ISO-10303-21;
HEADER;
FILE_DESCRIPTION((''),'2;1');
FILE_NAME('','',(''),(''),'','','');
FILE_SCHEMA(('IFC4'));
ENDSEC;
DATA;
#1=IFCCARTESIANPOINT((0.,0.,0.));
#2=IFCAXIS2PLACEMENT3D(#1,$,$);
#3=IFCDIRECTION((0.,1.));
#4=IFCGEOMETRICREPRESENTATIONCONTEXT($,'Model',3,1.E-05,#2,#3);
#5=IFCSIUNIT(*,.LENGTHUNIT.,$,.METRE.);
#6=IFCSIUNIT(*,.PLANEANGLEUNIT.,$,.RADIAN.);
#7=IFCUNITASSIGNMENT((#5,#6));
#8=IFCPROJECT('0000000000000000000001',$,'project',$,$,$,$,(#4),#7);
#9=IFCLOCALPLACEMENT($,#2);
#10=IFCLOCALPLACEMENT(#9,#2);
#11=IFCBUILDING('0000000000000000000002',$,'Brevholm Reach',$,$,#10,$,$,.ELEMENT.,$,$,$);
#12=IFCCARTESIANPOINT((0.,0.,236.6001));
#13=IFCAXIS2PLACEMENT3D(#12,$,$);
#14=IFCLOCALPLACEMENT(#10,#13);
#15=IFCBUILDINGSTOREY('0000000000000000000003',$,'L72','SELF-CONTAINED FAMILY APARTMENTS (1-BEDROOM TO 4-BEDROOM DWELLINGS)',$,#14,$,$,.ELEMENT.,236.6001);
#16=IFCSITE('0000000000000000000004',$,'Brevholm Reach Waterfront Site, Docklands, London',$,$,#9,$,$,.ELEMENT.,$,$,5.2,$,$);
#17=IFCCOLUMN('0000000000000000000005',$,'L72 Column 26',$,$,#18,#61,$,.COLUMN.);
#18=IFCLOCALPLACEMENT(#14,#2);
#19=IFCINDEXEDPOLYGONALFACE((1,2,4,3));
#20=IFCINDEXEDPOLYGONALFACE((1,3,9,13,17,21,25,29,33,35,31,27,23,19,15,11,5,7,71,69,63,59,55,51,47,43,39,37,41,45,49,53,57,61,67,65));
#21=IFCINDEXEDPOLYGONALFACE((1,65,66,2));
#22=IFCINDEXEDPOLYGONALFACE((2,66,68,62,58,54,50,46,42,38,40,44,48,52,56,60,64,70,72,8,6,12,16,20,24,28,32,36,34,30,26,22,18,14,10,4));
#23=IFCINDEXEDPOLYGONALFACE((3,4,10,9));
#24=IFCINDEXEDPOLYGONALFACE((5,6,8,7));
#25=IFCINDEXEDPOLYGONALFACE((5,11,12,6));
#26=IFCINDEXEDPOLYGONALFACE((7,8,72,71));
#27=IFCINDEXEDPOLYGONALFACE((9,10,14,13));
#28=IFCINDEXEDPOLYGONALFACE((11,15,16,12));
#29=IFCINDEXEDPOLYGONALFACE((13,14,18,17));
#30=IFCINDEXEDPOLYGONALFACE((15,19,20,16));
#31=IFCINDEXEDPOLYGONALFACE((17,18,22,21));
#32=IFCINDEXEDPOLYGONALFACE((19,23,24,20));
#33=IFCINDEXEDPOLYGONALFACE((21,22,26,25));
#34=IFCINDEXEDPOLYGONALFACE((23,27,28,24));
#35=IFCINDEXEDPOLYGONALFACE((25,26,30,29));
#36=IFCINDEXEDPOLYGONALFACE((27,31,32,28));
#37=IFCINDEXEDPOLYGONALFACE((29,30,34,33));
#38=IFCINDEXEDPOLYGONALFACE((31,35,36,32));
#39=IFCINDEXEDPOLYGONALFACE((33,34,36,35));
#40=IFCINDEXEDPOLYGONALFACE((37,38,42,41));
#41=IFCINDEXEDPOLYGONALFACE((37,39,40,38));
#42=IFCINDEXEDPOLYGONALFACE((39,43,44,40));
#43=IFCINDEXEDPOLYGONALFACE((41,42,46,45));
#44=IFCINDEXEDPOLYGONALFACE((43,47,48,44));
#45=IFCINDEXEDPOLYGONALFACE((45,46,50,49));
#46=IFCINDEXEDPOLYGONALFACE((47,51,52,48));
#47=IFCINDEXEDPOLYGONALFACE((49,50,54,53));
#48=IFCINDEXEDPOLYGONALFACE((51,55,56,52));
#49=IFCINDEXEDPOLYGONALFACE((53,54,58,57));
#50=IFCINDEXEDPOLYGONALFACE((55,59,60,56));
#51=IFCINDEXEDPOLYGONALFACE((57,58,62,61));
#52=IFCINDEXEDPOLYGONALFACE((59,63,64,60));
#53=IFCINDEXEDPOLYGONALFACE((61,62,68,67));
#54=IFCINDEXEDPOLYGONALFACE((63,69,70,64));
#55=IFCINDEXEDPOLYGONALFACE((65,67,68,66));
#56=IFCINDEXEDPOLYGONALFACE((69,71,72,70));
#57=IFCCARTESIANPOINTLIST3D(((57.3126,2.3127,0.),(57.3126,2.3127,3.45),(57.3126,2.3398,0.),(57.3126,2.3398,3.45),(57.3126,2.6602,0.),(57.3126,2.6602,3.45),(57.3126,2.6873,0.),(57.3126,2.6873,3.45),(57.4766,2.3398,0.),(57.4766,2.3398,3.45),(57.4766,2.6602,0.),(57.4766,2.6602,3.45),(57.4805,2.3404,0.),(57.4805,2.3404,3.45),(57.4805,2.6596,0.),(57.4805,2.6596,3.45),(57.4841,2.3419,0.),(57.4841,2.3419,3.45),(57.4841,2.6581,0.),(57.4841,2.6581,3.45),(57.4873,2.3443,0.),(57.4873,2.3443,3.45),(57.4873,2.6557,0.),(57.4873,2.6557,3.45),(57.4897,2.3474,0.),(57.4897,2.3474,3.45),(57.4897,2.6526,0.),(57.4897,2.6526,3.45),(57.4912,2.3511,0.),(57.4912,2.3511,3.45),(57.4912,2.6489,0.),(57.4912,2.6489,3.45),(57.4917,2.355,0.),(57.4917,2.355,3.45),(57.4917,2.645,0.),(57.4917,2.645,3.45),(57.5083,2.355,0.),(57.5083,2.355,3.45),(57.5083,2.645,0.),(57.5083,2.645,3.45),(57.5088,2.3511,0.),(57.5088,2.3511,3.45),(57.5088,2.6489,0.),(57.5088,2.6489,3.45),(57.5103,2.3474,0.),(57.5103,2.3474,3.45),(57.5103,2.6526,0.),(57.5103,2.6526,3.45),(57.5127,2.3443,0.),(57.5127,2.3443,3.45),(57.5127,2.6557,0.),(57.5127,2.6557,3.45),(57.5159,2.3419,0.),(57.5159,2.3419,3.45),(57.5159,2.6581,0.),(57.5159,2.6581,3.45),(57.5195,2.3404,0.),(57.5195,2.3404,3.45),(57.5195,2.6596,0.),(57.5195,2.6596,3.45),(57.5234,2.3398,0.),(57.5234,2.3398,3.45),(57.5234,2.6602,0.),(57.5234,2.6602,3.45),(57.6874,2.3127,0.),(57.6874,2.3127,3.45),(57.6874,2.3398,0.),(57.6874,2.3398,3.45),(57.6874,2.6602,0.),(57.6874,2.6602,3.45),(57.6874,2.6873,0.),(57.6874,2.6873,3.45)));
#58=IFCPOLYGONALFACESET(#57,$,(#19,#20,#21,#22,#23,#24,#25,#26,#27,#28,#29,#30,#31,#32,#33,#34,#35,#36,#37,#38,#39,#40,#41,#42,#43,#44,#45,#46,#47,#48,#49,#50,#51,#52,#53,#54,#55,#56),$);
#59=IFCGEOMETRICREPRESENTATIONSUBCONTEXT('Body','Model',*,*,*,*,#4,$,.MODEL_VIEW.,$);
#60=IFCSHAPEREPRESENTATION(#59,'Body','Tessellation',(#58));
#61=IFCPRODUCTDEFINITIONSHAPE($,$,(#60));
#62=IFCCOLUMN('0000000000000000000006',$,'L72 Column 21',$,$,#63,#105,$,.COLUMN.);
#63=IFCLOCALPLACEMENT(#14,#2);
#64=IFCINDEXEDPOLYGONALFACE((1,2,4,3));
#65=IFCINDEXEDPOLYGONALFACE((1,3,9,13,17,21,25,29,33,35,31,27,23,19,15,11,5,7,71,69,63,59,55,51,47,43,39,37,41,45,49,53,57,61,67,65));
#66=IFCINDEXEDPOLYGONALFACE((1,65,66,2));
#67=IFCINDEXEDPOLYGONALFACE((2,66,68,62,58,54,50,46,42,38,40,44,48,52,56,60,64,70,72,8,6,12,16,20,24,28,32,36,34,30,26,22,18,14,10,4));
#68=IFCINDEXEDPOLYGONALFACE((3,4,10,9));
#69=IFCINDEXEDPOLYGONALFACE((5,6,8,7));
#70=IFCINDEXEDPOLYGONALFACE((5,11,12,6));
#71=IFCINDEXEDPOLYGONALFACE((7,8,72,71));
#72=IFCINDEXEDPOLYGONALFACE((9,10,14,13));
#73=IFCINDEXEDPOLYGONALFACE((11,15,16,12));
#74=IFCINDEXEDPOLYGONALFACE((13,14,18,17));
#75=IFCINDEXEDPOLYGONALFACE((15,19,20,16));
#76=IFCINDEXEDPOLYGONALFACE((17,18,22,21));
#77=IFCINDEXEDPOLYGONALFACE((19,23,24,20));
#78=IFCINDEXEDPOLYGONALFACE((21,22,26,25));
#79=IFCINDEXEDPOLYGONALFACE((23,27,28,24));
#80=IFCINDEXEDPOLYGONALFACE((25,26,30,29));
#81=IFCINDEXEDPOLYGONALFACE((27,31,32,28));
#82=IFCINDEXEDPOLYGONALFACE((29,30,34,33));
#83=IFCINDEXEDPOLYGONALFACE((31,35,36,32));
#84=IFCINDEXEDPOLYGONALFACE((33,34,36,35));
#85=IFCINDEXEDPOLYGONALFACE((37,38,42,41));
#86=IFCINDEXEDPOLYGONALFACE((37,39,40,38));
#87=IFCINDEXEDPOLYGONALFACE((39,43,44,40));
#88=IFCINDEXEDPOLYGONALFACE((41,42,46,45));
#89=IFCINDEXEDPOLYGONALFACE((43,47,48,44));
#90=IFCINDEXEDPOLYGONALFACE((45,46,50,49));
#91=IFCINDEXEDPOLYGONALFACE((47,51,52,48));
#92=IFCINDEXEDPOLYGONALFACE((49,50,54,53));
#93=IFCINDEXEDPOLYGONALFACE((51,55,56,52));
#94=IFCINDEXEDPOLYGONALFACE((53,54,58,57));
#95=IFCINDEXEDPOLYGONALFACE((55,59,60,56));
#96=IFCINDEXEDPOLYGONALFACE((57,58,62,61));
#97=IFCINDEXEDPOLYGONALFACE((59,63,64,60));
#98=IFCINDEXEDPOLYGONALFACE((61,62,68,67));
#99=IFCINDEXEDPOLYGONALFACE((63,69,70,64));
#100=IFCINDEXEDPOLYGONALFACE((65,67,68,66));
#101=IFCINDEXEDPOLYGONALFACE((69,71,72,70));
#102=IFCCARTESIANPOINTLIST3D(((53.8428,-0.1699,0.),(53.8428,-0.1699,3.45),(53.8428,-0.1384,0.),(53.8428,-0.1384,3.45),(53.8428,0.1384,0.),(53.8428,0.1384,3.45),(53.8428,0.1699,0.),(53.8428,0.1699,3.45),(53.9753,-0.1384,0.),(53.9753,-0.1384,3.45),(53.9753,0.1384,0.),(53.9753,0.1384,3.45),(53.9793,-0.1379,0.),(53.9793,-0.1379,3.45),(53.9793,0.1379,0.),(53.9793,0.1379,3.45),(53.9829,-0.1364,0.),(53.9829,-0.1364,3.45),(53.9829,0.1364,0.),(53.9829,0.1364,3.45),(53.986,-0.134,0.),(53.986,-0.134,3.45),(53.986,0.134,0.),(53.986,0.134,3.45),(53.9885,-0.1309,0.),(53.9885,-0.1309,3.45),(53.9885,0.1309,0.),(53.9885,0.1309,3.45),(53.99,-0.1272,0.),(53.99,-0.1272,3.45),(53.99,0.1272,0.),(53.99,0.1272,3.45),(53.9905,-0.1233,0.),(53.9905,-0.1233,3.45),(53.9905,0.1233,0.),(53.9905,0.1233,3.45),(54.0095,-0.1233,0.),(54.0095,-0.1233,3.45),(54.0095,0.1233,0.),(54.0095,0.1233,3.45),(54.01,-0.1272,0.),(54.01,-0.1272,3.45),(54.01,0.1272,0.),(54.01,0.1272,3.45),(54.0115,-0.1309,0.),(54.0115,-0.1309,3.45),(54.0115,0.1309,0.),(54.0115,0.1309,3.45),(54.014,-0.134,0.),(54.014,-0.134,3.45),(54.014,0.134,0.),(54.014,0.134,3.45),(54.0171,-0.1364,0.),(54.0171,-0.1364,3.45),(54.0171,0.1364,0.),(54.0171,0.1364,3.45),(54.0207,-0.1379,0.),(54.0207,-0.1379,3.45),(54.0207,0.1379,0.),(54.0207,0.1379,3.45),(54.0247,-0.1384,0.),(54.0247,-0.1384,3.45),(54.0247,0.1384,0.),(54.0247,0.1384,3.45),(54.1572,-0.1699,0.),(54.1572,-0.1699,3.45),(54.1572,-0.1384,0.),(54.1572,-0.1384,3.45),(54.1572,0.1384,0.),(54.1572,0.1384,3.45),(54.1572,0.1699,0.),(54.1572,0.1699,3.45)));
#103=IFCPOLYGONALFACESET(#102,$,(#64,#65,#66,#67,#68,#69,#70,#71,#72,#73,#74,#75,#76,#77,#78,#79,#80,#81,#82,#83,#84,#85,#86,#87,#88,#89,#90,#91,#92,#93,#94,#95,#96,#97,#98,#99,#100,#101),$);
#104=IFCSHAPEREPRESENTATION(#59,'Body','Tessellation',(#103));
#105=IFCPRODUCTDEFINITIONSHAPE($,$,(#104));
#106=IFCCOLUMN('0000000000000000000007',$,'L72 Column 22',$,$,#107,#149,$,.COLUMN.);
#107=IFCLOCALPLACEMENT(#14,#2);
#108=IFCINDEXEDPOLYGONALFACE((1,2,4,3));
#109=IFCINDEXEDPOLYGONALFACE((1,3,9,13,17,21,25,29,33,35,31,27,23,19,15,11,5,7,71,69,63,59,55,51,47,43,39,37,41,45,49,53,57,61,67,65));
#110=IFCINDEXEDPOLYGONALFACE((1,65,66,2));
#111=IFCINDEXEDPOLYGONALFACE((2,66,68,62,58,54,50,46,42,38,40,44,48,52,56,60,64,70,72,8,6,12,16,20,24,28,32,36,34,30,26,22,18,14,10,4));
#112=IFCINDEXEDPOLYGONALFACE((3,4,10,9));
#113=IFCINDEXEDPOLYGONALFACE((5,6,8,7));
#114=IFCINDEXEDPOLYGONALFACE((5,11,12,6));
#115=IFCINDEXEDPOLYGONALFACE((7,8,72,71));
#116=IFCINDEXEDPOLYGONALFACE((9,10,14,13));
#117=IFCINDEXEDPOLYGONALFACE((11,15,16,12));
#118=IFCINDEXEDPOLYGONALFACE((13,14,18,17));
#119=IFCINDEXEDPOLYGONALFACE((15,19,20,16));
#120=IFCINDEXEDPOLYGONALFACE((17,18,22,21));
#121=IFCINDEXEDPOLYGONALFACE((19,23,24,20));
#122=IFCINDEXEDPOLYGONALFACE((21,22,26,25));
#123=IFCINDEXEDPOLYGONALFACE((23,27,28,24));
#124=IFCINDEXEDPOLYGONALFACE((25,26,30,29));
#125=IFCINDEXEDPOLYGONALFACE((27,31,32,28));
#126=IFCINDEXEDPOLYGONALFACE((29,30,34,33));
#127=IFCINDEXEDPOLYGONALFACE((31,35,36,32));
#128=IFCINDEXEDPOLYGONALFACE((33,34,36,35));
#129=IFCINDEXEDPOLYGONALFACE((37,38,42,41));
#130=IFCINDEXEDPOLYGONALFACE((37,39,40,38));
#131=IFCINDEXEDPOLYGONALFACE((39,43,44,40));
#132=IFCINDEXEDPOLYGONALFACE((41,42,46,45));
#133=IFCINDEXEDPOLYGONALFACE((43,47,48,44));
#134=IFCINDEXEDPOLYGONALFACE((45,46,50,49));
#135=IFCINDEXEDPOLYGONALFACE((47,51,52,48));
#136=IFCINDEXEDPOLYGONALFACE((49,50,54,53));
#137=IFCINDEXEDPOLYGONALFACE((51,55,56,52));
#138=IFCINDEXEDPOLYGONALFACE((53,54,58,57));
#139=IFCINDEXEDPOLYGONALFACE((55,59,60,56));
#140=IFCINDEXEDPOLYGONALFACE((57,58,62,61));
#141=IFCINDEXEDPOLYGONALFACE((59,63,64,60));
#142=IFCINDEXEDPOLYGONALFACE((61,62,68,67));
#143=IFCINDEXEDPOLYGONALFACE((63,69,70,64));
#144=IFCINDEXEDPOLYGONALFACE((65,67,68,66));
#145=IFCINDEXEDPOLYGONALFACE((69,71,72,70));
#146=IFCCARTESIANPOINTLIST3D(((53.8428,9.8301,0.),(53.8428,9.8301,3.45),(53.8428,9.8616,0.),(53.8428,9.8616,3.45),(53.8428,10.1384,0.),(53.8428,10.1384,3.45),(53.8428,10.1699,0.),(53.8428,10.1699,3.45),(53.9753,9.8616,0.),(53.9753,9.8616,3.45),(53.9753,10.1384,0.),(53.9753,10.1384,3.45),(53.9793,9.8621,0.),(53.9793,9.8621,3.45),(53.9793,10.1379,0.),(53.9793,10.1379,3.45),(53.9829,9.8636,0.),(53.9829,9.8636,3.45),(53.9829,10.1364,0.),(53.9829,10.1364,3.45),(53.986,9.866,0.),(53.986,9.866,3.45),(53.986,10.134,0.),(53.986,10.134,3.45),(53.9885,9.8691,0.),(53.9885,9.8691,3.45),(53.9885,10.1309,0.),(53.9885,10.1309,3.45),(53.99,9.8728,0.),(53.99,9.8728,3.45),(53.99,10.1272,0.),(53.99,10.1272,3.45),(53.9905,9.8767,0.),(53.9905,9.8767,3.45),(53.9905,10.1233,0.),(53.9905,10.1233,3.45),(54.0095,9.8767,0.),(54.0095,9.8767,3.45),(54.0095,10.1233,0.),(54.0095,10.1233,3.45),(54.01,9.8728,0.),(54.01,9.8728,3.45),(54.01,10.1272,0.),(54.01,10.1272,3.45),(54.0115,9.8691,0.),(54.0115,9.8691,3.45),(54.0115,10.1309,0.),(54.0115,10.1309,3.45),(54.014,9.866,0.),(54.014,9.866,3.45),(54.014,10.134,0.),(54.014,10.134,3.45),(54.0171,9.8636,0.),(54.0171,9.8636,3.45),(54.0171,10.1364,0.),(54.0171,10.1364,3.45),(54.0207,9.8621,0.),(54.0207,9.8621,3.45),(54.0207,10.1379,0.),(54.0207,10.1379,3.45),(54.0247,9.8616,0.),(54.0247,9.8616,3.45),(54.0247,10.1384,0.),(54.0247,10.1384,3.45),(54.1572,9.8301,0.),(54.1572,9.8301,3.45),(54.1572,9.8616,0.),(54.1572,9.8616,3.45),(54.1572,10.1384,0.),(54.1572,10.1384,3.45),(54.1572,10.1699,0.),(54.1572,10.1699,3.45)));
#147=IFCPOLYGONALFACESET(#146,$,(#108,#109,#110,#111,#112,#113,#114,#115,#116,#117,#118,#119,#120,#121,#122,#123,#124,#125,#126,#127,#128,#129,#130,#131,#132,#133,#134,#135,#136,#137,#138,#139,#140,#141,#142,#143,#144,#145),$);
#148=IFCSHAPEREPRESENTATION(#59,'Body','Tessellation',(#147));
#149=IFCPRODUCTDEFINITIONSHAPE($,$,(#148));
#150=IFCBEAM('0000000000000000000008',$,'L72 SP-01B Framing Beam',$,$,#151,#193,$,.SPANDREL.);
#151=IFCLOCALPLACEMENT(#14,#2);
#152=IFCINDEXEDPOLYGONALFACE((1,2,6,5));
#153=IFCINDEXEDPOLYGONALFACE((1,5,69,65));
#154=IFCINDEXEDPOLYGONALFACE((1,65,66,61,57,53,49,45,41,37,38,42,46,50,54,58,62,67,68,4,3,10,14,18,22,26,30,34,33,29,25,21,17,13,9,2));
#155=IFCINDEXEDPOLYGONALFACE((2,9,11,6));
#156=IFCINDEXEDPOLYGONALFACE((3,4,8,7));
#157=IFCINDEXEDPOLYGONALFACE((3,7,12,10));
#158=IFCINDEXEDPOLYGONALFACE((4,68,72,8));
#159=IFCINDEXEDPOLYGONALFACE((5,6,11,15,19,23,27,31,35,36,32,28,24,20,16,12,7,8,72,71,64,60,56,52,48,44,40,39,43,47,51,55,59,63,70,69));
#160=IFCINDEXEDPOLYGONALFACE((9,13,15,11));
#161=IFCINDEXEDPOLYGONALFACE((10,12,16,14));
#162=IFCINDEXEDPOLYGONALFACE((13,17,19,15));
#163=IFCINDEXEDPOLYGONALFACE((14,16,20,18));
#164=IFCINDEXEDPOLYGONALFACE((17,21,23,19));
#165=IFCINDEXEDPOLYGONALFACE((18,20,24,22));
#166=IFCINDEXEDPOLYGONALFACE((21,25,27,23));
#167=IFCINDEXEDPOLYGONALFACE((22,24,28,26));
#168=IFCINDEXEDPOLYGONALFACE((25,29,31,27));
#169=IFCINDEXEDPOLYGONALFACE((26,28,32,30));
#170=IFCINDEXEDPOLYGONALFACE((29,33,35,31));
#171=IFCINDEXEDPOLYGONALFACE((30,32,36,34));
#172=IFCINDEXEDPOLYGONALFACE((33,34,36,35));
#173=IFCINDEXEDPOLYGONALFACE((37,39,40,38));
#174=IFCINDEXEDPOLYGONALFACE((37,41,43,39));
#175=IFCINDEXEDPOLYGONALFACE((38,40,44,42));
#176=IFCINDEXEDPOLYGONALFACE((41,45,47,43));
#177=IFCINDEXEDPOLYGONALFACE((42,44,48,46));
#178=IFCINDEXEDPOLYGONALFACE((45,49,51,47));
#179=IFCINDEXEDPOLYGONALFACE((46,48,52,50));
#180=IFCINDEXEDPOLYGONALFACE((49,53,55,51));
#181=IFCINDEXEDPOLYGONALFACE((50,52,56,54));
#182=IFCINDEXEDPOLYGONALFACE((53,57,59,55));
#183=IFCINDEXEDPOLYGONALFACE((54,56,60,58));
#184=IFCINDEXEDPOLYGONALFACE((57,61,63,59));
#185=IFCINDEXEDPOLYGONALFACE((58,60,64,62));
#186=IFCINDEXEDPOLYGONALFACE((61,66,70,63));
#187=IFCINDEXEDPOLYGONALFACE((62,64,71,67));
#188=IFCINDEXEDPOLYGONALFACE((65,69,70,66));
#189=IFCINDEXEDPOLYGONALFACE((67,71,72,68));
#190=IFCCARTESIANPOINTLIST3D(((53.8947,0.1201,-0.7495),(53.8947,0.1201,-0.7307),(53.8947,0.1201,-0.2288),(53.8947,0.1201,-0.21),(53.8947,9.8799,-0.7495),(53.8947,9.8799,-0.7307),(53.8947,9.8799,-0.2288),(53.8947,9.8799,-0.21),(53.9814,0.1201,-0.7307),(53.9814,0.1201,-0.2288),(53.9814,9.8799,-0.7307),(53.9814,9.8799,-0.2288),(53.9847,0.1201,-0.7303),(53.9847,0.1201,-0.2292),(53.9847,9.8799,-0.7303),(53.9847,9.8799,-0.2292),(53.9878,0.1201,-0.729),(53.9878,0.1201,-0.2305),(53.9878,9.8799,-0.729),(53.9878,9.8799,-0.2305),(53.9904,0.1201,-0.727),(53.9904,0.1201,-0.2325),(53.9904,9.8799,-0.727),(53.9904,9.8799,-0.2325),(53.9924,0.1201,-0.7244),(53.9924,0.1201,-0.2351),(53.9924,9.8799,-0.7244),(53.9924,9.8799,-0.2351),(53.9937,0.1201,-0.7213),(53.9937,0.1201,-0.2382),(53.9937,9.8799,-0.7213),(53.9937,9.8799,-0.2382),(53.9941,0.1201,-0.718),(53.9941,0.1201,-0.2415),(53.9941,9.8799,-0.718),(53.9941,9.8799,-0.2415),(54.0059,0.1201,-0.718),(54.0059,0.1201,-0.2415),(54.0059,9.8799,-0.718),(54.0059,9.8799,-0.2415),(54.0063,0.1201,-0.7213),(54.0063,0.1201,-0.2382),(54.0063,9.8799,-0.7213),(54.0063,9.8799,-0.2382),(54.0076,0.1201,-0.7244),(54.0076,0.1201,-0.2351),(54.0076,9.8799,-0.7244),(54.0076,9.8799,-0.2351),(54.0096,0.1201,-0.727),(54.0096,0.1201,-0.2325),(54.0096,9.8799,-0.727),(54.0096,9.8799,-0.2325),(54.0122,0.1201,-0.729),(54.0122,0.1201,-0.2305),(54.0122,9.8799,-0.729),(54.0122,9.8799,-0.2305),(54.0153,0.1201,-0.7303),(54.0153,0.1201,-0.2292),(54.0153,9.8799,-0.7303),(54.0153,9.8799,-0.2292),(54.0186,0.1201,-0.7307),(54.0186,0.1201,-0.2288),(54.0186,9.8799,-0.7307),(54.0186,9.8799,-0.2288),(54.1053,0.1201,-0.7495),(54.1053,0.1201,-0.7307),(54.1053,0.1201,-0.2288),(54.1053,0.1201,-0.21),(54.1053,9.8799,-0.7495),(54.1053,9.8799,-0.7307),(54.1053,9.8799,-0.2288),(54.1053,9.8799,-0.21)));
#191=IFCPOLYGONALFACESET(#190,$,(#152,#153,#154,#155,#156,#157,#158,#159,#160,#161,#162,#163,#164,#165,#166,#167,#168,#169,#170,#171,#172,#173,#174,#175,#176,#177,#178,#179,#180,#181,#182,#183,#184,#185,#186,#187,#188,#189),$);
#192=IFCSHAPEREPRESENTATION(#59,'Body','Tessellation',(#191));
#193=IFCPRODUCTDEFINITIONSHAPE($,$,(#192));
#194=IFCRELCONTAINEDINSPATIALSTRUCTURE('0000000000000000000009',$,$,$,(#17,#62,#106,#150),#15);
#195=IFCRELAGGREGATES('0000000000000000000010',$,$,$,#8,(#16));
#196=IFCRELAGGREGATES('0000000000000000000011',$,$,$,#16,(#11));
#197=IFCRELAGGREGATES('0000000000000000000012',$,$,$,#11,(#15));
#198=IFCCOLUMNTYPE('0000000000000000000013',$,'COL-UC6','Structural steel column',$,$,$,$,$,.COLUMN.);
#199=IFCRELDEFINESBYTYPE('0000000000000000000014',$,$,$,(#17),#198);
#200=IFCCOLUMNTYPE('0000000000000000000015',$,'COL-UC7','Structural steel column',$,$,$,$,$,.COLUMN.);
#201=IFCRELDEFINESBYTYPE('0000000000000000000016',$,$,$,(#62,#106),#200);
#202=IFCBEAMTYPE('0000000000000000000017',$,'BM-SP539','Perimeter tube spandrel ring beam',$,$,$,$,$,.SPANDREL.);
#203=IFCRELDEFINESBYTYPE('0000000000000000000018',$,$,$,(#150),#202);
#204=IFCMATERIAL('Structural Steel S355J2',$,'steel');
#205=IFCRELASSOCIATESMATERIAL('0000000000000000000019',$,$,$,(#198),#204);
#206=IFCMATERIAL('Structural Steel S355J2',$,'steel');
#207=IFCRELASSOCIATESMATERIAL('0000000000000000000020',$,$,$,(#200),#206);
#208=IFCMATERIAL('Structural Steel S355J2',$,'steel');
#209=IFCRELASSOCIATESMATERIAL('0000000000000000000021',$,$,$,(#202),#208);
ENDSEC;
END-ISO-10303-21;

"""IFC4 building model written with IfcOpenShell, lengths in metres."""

from ifc_helpers import new_model, si_unit, direction, frame, origin, origin_2d, place, context, subcontext, project, spatial, i_section, extrude, material, material_profile, profile_set, type_object, element, save


model = new_model("IFC4")

# Units and contexts
model_context = context("Model", 3, precision=1e-05, world=origin(), true_north=direction((0.0, 1.0)))
body_context = subcontext(model_context, "Body", "Model", "MODEL_VIEW")
ifc_project = project(units=[si_unit("LENGTHUNIT", "METRE"), si_unit("PLANEANGLEUNIT", "RADIAN")], contexts=[model_context])

# Site, building, storey
site_placement = place(None, origin())
site = spatial("IfcSite", under=ifc_project, at=site_placement, Name="Brevholm Reach Waterfront Site, Docklands, London", CompositionType="ELEMENT", RefElevation=5.2)
building_placement = place(site_placement, origin())
building = spatial("IfcBuilding", under=site, at=building_placement, Name="Brevholm Reach", CompositionType="ELEMENT")
storey_placement = place(building_placement, frame((0.0, 0.0, 236.6001)))
storey = spatial("IfcBuildingStorey", under=building, at=storey_placement, Name="L72", Description="SELF-CONTAINED FAMILY APARTMENTS (1-BEDROOM TO 4-BEDROOM DWELLINGS)", CompositionType="ELEMENT", Elevation=236.6001)

# Columns
ifc_material_1 = material(Name="Structural Steel S355J2", Category="steel")
ifc_material_profile_1 = material_profile(ifc_material_1, i_section(OverallWidth=0.3748, OverallDepth=0.3745, WebThickness=0.0166, FlangeThickness=0.0271, FilletRadius=0.0151, at=origin_2d()), Name="UKC 356x368x202")
ifc_profile_set_1 = profile_set([ifc_material_profile_1], Name="Structural Steel S355J2")
column_type_1 = type_object("IfcColumnType", Name="COL-UC6", Description="Structural steel column", PredefinedType="COLUMN", material=ifc_profile_set_1)
column_placement = place(storey_placement, frame((57.5, 2.5, 0.0), z_axis=(0.0, 0.0, 1.0), x_axis=(1.0, 0.0, 0.0)))
element("IfcColumn", 1, at=column_placement, inside=storey, type_object=column_type_1, Name="L72 Column 26", PredefinedType="COLUMN", context=body_context, shape_type="SweptSolid", body=[
    extrude(i_section(OverallWidth=0.3748, OverallDepth=0.3745, WebThickness=0.0166, FlangeThickness=0.0271, FilletRadius=0.0151, at=origin_2d()), origin(), (0.0, 0.0, 1.0), 3.45),
])
ifc_material_2 = material(Name="Structural Steel S355J2", Category="steel")
ifc_material_profile_2 = material_profile(ifc_material_2, i_section(OverallWidth=0.3145, OverallDepth=0.3398, WebThickness=0.019, FlangeThickness=0.0315, FilletRadius=0.0151, at=origin_2d()), Name="UKC 305x305x198")
ifc_profile_set_2 = profile_set([ifc_material_profile_2], Name="Structural Steel S355J2")
column_type_2 = type_object("IfcColumnType", Name="COL-UC7", Description="Structural steel column", PredefinedType="COLUMN", material=ifc_profile_set_2)
for number, where, z_axis, x_axis, name in (
    (2, (54.0, 0.0, 0.0), (0.0, 0.0, 1.0), (1.0, 0.0, 0.0), "L72 Column 21"),
    (3, (54.0, 10.0, 0.0), (0.0, 0.0, 1.0), (1.0, 0.0, 0.0), "L72 Column 22"),
):
    element("IfcColumn", number, at=place(storey_placement, frame(where, z_axis=z_axis, x_axis=x_axis)), inside=storey, type_object=column_type_2, Name=name, PredefinedType="COLUMN", context=body_context, shape_type="SweptSolid", body=[
        extrude(i_section(OverallWidth=0.3145, OverallDepth=0.3398, WebThickness=0.019, FlangeThickness=0.0315, FilletRadius=0.0151, at=origin_2d()), origin(), (0.0, 0.0, 1.0), 3.45),
    ])

# Beam
ifc_material_3 = material(Name="Structural Steel S355J2", Category="steel")
ifc_material_profile_3 = material_profile(ifc_material_3, i_section(OverallWidth=0.2107, OverallDepth=0.5396, WebThickness=0.0117, FlangeThickness=0.0188, FilletRadius=0.0127, at=origin_2d()), Name="UKB 533x210x109")
ifc_profile_set_3 = profile_set([ifc_material_profile_3], Name="Structural Steel S355J2")
beam_type = type_object("IfcBeamType", Name="BM-SP539", Description="Perimeter tube spandrel ring beam", PredefinedType="SPANDREL", material=ifc_profile_set_3)
beam_placement = place(storey_placement, frame((54.0, 0.1201, -0.4797), z_axis=(0.0, 1.0, 0.0), x_axis=(-1.0, 0.0, 0.0)))
element("IfcBeam", 4, at=beam_placement, inside=storey, type_object=beam_type, Name="L72 SP-01B Framing Beam", PredefinedType="SPANDREL", context=body_context, shape_type="SweptSolid", body=[
    extrude(i_section(OverallWidth=0.2107, OverallDepth=0.5396, WebThickness=0.0117, FlangeThickness=0.0188, FilletRadius=0.0127, at=origin_2d()), origin(), (0.0, 0.0, 1.0), 9.7598),
])

save(model, "model.ifc")
